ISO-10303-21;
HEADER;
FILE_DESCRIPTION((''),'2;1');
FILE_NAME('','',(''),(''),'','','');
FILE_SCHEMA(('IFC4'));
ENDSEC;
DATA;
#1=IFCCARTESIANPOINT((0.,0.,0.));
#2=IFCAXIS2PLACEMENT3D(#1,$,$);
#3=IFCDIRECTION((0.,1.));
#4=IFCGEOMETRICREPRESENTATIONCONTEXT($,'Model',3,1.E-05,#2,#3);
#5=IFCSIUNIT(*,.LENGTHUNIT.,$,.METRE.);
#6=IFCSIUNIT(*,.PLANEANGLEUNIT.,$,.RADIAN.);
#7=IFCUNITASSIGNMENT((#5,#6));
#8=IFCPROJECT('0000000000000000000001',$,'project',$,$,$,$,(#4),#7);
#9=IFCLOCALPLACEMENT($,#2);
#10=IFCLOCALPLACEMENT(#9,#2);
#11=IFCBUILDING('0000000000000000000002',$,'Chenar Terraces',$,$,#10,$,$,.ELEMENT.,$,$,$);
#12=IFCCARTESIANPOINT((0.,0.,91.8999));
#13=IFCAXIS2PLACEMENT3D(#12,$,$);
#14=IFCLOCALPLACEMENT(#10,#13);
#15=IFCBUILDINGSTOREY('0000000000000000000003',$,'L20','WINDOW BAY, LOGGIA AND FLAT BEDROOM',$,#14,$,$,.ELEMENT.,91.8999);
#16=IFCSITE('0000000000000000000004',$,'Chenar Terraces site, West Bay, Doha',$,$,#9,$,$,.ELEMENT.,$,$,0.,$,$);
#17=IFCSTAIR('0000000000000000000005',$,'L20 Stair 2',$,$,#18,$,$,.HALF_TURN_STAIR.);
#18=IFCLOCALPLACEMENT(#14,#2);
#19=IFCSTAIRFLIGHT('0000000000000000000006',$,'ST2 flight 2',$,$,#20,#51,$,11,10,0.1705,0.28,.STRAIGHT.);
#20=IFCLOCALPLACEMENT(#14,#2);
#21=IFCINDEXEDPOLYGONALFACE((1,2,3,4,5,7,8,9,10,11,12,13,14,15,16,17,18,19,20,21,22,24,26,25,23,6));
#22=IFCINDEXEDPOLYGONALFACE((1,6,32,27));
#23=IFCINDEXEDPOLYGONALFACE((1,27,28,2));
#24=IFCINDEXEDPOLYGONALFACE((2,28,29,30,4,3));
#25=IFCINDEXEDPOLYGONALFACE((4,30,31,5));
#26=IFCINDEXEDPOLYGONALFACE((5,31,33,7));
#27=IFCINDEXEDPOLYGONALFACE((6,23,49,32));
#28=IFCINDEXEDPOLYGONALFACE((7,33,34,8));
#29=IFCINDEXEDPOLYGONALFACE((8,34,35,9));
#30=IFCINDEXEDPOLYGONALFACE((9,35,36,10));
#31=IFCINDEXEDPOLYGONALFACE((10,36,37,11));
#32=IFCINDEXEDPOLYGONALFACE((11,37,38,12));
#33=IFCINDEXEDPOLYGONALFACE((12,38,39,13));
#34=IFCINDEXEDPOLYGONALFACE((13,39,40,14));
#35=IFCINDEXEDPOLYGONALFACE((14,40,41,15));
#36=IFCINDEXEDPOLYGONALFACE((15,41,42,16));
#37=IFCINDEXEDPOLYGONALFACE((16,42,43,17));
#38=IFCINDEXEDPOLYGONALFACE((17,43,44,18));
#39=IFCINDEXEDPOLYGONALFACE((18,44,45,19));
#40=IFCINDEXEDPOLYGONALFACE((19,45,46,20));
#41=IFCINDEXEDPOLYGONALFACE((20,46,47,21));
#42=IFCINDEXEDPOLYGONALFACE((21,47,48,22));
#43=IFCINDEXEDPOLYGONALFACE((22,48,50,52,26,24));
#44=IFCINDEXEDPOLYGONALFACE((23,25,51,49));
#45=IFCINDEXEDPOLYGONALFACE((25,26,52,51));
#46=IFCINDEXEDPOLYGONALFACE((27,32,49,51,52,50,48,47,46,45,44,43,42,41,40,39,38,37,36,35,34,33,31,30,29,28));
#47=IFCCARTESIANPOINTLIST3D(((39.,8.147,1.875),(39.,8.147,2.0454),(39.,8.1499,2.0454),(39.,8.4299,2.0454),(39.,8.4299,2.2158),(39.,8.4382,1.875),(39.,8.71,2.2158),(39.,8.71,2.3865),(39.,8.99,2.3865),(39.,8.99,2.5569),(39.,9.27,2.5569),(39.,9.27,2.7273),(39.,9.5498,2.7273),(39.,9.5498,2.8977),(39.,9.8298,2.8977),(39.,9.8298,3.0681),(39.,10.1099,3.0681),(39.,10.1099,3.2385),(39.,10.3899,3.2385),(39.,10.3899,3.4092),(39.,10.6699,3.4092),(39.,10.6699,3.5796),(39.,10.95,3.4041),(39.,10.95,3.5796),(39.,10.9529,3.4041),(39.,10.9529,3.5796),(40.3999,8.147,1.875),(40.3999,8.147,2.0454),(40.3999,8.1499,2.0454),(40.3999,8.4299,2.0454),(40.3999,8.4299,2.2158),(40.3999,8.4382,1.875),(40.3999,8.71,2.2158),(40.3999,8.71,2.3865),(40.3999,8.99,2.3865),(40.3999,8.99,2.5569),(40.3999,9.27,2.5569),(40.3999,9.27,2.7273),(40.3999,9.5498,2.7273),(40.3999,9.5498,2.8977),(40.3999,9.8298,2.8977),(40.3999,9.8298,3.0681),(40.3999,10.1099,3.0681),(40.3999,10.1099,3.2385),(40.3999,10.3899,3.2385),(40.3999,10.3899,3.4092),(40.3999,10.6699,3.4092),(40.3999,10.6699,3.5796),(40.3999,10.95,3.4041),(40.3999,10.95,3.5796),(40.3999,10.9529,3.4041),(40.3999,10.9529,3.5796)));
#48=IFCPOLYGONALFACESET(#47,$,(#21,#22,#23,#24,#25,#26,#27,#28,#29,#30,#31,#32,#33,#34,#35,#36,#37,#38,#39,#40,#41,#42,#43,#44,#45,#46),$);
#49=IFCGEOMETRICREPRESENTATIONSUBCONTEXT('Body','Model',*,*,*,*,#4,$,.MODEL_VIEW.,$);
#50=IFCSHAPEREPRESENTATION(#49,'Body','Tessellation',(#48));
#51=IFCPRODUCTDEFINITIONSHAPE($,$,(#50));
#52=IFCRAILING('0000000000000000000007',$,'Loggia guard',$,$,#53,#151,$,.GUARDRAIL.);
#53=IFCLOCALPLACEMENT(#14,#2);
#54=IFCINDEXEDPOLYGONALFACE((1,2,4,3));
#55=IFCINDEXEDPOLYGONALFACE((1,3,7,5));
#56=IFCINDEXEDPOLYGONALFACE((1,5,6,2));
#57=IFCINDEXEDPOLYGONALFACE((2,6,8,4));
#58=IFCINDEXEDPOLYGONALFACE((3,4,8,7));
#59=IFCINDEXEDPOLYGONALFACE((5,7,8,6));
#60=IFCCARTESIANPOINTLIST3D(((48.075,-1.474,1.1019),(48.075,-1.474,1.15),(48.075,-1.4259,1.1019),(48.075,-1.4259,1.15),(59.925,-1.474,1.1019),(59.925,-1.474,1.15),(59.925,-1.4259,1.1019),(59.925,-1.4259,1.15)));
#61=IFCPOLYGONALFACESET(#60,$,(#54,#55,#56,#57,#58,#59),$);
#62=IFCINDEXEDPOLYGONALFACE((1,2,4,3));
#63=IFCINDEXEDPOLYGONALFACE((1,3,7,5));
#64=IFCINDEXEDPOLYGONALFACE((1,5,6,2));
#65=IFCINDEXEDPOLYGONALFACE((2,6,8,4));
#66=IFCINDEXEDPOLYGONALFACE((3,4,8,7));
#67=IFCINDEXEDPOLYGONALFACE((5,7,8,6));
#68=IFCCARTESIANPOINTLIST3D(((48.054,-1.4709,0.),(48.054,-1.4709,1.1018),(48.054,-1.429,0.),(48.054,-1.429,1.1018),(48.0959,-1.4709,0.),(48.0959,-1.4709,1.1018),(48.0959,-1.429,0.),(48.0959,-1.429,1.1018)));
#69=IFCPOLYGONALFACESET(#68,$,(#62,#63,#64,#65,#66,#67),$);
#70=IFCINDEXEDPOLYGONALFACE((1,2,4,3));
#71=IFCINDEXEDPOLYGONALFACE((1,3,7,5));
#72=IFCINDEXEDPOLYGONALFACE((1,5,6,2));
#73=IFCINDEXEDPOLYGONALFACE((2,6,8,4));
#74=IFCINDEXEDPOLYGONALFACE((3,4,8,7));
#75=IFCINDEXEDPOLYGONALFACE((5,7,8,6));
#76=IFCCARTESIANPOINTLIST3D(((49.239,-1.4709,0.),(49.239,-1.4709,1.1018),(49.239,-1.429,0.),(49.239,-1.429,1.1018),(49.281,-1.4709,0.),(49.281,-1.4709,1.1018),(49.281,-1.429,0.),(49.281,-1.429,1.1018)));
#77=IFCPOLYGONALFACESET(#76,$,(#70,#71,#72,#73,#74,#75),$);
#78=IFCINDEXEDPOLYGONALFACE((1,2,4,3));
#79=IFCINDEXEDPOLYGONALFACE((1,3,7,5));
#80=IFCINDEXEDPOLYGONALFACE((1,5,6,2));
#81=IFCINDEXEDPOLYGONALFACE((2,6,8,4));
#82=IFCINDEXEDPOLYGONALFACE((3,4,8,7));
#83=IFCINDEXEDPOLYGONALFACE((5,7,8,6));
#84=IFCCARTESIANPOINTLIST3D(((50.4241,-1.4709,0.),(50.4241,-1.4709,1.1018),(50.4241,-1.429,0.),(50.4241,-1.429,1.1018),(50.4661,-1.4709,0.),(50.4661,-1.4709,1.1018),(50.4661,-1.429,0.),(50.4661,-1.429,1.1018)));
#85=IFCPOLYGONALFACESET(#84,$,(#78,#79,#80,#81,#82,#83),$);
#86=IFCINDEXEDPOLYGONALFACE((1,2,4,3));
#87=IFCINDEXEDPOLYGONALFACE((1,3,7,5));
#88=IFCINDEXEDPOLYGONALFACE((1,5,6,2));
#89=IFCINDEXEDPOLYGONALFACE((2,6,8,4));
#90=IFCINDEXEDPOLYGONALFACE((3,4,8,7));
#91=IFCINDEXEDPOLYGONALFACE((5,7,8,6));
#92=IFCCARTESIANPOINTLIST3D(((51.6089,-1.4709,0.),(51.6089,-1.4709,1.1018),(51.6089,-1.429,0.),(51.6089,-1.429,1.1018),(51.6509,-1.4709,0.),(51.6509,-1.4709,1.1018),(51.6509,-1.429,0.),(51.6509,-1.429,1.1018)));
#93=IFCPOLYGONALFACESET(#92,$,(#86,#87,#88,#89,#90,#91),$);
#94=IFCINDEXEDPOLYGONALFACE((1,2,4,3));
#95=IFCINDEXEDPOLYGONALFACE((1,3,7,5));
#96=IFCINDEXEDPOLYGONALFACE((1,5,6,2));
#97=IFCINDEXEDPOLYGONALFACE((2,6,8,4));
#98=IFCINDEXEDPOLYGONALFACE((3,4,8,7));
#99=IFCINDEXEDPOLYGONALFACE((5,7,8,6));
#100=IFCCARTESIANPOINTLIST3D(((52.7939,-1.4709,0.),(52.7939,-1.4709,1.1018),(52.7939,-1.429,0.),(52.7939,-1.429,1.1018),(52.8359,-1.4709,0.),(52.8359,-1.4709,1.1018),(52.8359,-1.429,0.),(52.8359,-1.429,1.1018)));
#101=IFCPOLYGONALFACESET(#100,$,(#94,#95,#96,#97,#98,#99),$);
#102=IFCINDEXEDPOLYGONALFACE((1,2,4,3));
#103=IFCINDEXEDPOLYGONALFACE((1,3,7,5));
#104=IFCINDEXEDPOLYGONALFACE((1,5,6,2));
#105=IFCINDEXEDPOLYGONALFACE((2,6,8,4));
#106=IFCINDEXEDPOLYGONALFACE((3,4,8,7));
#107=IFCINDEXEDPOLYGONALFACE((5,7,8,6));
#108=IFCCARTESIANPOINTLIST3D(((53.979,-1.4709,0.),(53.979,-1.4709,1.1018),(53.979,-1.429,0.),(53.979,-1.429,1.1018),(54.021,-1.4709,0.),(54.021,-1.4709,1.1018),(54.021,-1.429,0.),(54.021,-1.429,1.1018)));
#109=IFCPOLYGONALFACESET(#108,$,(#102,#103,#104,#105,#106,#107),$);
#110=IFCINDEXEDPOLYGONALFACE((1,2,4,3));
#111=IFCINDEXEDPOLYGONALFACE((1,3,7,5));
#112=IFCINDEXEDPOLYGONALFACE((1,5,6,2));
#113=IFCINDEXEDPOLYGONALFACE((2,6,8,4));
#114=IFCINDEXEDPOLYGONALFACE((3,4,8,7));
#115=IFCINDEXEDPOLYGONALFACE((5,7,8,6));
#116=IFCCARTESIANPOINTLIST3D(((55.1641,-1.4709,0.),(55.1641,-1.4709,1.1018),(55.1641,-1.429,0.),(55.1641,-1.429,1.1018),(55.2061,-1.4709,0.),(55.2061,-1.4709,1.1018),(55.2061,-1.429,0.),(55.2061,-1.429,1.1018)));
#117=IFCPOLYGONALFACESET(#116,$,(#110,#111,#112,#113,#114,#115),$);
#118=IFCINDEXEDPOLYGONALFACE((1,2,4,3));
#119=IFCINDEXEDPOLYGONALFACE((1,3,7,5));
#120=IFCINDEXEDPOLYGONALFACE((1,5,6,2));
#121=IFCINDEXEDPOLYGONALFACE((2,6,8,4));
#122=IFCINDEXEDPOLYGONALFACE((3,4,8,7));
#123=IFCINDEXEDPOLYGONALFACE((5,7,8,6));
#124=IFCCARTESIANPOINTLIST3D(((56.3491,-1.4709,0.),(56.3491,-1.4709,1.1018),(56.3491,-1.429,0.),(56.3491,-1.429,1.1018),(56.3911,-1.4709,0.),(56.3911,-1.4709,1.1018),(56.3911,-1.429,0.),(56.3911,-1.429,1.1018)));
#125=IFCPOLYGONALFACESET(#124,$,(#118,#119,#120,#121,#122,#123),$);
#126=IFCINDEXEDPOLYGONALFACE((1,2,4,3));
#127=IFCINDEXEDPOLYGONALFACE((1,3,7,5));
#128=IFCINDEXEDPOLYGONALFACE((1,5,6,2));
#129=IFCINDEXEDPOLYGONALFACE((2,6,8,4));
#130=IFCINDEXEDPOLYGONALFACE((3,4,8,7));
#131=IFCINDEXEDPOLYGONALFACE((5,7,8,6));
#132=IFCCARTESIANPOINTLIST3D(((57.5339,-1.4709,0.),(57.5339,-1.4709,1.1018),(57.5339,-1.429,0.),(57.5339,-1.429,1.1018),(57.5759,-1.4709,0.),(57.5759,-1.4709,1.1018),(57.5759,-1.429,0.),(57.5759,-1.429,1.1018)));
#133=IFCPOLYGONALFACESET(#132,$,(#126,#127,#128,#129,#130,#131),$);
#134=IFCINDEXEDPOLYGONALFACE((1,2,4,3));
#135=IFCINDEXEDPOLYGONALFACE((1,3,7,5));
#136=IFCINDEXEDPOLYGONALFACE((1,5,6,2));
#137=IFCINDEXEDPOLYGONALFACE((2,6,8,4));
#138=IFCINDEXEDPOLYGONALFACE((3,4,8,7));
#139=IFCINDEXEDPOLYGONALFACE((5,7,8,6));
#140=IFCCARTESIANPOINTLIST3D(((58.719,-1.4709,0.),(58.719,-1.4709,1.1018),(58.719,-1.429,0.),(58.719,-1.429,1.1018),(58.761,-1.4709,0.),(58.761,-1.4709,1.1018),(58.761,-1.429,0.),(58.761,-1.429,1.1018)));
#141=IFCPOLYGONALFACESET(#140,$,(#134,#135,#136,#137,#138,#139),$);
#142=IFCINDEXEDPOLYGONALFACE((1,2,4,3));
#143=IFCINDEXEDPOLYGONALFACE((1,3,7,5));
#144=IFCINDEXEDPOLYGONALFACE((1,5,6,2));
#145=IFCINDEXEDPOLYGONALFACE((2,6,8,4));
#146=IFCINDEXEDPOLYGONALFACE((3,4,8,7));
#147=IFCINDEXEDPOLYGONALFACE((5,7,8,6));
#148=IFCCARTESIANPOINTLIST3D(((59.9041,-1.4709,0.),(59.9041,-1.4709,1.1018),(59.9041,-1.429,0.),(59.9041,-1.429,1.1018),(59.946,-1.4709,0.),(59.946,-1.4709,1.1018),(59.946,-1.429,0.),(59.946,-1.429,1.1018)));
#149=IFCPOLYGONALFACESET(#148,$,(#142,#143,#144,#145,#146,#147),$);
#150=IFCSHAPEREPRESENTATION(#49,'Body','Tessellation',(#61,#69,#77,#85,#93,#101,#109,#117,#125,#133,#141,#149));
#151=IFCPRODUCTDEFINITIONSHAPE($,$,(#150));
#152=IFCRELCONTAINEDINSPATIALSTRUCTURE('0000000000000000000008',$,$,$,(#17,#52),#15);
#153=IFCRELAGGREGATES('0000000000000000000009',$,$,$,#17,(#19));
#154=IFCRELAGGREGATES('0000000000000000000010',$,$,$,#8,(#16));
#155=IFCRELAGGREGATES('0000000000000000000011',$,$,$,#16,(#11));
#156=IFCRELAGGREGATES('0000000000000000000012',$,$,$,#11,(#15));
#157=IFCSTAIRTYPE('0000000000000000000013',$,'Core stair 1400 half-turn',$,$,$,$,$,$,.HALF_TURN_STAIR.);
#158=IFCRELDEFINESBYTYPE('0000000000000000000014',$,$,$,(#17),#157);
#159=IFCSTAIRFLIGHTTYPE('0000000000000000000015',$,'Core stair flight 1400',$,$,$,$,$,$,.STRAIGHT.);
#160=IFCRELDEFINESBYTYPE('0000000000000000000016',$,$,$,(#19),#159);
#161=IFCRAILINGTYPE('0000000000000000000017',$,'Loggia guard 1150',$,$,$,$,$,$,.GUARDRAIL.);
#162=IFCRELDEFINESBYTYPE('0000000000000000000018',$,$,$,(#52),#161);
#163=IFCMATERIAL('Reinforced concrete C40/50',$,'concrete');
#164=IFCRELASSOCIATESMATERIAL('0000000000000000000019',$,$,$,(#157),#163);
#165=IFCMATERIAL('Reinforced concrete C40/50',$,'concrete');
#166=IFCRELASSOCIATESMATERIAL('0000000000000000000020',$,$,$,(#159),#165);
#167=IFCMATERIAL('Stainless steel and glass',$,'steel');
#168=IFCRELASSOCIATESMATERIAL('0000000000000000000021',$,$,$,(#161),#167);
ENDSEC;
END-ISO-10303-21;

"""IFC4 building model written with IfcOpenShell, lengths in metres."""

from ifc_helpers import new_model, si_unit, direction, frame, origin, origin_2d, place, context, subcontext, project, spatial, polyline, rectangle, outline, extrude, material, type_object, element, aggregate, save


model = new_model("IFC4")

# Units and contexts
model_context = context("Model", 3, precision=1e-05, world=origin(), true_north=direction((0.0, 1.0)))
body_context = subcontext(model_context, "Body", "Model", "MODEL_VIEW")
ifc_project = project(units=[si_unit("LENGTHUNIT", "METRE"), si_unit("PLANEANGLEUNIT", "RADIAN")], contexts=[model_context])

# Site, building, storey
site_placement = place(None, origin())
site = spatial("IfcSite", under=ifc_project, at=site_placement, Name="Chenar Terraces site, West Bay, Doha", CompositionType="ELEMENT", RefElevation=0.0)
building_placement = place(site_placement, origin())
building = spatial("IfcBuilding", under=site, at=building_placement, Name="Chenar Terraces", CompositionType="ELEMENT")
storey_placement = place(building_placement, frame((0.0, 0.0, 91.8999)))
storey = spatial("IfcBuildingStorey", under=building, at=storey_placement, Name="L20", Description="WINDOW BAY, LOGGIA AND FLAT BEDROOM", CompositionType="ELEMENT", Elevation=91.8999)

# Stair, stair flight
ifc_material_1 = material(Name="Reinforced concrete C40/50", Category="concrete")
stair_type = type_object("IfcStairType", Name="Core stair 1400 half-turn", PredefinedType="HALF_TURN_STAIR", material=ifc_material_1)
stair_placement = place(storey_placement, origin())
stair = element("IfcStair", 1, at=stair_placement, inside=storey, type_object=stair_type, Name="L20 Stair 2", PredefinedType="HALF_TURN_STAIR")
ifc_material_2 = material(Name="Reinforced concrete C40/50", Category="concrete")
stair_flight_type = type_object("IfcStairFlightType", Name="Core stair flight 1400", PredefinedType="STRAIGHT", material=ifc_material_2)
stair_flight_1_placement = place(storey_placement, frame((39.7, 8.1499, 1.875), z_axis=(0.0, 0.0, 1.0), x_axis=(0.0, 1.0, 0.0)))
stair_flight_1 = element("IfcStairFlight", 2, at=stair_flight_1_placement, type_object=stair_flight_type, Name="ST2 flight 2", NumberOfRisers=11, NumberOfTreads=10, PredefinedType="STRAIGHT", RiserHeight=0.1705, TreadLength=0.28, context=body_context, shape_type="SweptSolid", body=[
    extrude(outline(polyline([(-0.0029, 0.0), (-0.0029, 0.1704), (0.0, 0.1704), (0.28, 0.1704), (0.28, 0.3408), (0.5601, 0.3408), (0.5601, 0.5115), (0.8401, 0.5115), (0.8401, 0.6819), (1.1201, 0.6819), (1.1201, 0.8523), (1.3999, 0.8523), (1.3999, 1.0227), (1.6799, 1.0227), (1.6799, 1.1931), (1.96, 1.1931), (1.96, 1.3635), (2.24, 1.3635), (2.24, 1.5342), (2.52, 1.5342), (2.52, 1.7046), (2.8, 1.7046), (2.803, 1.7046), (2.803, 1.5291), (2.8, 1.5291), (0.2883, 0.0), (-0.0029, 0.0)])), frame((0.0, 0.7, 0.0), z_axis=(0.0, -1.0, 0.0), x_axis=(1.0, 0.0, 0.0)), (0.0, 0.0, 1.0), 1.3999),
])
aggregate(stair, [stair_flight_1])

# Railing
ifc_material_3 = material(Name="Stainless steel and glass", Category="steel")
railing_type_1 = type_object("IfcRailingType", Name="Loggia guard 1150", PredefinedType="GUARDRAIL", material=ifc_material_3)
railing_1_placement = place(storey_placement, frame((48.075, -1.45, 0.0)))
element("IfcRailing", 3, at=railing_1_placement, inside=storey, type_object=railing_type_1, Name="Loggia guard", PredefinedType="GUARDRAIL", context=body_context, shape_type="SweptSolid", body=[
    extrude(rectangle(XDim=0.0481, YDim=0.0481, at=origin_2d()), frame((0.0, 0.0, 1.126), z_axis=(1.0, 0.0, 0.0), x_axis=(0.0, 1.0, 0.0)), (0.0, 0.0, 1.0), 11.8501),
    extrude(rectangle(XDim=0.042, YDim=0.042, at=origin_2d()), origin(), (0.0, 0.0, 1.0), 1.1018),
    extrude(rectangle(XDim=0.042, YDim=0.042, at=origin_2d()), frame((1.1851, 0.0, 0.0)), (0.0, 0.0, 1.0), 1.1018),
    extrude(rectangle(XDim=0.042, YDim=0.042, at=origin_2d()), frame((2.3701, 0.0, 0.0)), (0.0, 0.0, 1.0), 1.1018),
    extrude(rectangle(XDim=0.042, YDim=0.042, at=origin_2d()), frame((3.5549, 0.0, 0.0)), (0.0, 0.0, 1.0), 1.1018),
    extrude(rectangle(XDim=0.042, YDim=0.042, at=origin_2d()), frame((4.74, 0.0, 0.0)), (0.0, 0.0, 1.0), 1.1018),
    extrude(rectangle(XDim=0.042, YDim=0.042, at=origin_2d()), frame((5.925, 0.0, 0.0)), (0.0, 0.0, 1.0), 1.1018),
    extrude(rectangle(XDim=0.042, YDim=0.042, at=origin_2d()), frame((7.1101, 0.0, 0.0)), (0.0, 0.0, 1.0), 1.1018),
    extrude(rectangle(XDim=0.042, YDim=0.042, at=origin_2d()), frame((8.2952, 0.0, 0.0)), (0.0, 0.0, 1.0), 1.1018),
    extrude(rectangle(XDim=0.042, YDim=0.042, at=origin_2d()), frame((9.48, 0.0, 0.0)), (0.0, 0.0, 1.0), 1.1018),
    extrude(rectangle(XDim=0.042, YDim=0.042, at=origin_2d()), frame((10.665, 0.0, 0.0)), (0.0, 0.0, 1.0), 1.1018),
    extrude(rectangle(XDim=0.042, YDim=0.042, at=origin_2d()), frame((11.8501, 0.0, 0.0)), (0.0, 0.0, 1.0), 1.1018),
])

save(model, "model.ifc")
